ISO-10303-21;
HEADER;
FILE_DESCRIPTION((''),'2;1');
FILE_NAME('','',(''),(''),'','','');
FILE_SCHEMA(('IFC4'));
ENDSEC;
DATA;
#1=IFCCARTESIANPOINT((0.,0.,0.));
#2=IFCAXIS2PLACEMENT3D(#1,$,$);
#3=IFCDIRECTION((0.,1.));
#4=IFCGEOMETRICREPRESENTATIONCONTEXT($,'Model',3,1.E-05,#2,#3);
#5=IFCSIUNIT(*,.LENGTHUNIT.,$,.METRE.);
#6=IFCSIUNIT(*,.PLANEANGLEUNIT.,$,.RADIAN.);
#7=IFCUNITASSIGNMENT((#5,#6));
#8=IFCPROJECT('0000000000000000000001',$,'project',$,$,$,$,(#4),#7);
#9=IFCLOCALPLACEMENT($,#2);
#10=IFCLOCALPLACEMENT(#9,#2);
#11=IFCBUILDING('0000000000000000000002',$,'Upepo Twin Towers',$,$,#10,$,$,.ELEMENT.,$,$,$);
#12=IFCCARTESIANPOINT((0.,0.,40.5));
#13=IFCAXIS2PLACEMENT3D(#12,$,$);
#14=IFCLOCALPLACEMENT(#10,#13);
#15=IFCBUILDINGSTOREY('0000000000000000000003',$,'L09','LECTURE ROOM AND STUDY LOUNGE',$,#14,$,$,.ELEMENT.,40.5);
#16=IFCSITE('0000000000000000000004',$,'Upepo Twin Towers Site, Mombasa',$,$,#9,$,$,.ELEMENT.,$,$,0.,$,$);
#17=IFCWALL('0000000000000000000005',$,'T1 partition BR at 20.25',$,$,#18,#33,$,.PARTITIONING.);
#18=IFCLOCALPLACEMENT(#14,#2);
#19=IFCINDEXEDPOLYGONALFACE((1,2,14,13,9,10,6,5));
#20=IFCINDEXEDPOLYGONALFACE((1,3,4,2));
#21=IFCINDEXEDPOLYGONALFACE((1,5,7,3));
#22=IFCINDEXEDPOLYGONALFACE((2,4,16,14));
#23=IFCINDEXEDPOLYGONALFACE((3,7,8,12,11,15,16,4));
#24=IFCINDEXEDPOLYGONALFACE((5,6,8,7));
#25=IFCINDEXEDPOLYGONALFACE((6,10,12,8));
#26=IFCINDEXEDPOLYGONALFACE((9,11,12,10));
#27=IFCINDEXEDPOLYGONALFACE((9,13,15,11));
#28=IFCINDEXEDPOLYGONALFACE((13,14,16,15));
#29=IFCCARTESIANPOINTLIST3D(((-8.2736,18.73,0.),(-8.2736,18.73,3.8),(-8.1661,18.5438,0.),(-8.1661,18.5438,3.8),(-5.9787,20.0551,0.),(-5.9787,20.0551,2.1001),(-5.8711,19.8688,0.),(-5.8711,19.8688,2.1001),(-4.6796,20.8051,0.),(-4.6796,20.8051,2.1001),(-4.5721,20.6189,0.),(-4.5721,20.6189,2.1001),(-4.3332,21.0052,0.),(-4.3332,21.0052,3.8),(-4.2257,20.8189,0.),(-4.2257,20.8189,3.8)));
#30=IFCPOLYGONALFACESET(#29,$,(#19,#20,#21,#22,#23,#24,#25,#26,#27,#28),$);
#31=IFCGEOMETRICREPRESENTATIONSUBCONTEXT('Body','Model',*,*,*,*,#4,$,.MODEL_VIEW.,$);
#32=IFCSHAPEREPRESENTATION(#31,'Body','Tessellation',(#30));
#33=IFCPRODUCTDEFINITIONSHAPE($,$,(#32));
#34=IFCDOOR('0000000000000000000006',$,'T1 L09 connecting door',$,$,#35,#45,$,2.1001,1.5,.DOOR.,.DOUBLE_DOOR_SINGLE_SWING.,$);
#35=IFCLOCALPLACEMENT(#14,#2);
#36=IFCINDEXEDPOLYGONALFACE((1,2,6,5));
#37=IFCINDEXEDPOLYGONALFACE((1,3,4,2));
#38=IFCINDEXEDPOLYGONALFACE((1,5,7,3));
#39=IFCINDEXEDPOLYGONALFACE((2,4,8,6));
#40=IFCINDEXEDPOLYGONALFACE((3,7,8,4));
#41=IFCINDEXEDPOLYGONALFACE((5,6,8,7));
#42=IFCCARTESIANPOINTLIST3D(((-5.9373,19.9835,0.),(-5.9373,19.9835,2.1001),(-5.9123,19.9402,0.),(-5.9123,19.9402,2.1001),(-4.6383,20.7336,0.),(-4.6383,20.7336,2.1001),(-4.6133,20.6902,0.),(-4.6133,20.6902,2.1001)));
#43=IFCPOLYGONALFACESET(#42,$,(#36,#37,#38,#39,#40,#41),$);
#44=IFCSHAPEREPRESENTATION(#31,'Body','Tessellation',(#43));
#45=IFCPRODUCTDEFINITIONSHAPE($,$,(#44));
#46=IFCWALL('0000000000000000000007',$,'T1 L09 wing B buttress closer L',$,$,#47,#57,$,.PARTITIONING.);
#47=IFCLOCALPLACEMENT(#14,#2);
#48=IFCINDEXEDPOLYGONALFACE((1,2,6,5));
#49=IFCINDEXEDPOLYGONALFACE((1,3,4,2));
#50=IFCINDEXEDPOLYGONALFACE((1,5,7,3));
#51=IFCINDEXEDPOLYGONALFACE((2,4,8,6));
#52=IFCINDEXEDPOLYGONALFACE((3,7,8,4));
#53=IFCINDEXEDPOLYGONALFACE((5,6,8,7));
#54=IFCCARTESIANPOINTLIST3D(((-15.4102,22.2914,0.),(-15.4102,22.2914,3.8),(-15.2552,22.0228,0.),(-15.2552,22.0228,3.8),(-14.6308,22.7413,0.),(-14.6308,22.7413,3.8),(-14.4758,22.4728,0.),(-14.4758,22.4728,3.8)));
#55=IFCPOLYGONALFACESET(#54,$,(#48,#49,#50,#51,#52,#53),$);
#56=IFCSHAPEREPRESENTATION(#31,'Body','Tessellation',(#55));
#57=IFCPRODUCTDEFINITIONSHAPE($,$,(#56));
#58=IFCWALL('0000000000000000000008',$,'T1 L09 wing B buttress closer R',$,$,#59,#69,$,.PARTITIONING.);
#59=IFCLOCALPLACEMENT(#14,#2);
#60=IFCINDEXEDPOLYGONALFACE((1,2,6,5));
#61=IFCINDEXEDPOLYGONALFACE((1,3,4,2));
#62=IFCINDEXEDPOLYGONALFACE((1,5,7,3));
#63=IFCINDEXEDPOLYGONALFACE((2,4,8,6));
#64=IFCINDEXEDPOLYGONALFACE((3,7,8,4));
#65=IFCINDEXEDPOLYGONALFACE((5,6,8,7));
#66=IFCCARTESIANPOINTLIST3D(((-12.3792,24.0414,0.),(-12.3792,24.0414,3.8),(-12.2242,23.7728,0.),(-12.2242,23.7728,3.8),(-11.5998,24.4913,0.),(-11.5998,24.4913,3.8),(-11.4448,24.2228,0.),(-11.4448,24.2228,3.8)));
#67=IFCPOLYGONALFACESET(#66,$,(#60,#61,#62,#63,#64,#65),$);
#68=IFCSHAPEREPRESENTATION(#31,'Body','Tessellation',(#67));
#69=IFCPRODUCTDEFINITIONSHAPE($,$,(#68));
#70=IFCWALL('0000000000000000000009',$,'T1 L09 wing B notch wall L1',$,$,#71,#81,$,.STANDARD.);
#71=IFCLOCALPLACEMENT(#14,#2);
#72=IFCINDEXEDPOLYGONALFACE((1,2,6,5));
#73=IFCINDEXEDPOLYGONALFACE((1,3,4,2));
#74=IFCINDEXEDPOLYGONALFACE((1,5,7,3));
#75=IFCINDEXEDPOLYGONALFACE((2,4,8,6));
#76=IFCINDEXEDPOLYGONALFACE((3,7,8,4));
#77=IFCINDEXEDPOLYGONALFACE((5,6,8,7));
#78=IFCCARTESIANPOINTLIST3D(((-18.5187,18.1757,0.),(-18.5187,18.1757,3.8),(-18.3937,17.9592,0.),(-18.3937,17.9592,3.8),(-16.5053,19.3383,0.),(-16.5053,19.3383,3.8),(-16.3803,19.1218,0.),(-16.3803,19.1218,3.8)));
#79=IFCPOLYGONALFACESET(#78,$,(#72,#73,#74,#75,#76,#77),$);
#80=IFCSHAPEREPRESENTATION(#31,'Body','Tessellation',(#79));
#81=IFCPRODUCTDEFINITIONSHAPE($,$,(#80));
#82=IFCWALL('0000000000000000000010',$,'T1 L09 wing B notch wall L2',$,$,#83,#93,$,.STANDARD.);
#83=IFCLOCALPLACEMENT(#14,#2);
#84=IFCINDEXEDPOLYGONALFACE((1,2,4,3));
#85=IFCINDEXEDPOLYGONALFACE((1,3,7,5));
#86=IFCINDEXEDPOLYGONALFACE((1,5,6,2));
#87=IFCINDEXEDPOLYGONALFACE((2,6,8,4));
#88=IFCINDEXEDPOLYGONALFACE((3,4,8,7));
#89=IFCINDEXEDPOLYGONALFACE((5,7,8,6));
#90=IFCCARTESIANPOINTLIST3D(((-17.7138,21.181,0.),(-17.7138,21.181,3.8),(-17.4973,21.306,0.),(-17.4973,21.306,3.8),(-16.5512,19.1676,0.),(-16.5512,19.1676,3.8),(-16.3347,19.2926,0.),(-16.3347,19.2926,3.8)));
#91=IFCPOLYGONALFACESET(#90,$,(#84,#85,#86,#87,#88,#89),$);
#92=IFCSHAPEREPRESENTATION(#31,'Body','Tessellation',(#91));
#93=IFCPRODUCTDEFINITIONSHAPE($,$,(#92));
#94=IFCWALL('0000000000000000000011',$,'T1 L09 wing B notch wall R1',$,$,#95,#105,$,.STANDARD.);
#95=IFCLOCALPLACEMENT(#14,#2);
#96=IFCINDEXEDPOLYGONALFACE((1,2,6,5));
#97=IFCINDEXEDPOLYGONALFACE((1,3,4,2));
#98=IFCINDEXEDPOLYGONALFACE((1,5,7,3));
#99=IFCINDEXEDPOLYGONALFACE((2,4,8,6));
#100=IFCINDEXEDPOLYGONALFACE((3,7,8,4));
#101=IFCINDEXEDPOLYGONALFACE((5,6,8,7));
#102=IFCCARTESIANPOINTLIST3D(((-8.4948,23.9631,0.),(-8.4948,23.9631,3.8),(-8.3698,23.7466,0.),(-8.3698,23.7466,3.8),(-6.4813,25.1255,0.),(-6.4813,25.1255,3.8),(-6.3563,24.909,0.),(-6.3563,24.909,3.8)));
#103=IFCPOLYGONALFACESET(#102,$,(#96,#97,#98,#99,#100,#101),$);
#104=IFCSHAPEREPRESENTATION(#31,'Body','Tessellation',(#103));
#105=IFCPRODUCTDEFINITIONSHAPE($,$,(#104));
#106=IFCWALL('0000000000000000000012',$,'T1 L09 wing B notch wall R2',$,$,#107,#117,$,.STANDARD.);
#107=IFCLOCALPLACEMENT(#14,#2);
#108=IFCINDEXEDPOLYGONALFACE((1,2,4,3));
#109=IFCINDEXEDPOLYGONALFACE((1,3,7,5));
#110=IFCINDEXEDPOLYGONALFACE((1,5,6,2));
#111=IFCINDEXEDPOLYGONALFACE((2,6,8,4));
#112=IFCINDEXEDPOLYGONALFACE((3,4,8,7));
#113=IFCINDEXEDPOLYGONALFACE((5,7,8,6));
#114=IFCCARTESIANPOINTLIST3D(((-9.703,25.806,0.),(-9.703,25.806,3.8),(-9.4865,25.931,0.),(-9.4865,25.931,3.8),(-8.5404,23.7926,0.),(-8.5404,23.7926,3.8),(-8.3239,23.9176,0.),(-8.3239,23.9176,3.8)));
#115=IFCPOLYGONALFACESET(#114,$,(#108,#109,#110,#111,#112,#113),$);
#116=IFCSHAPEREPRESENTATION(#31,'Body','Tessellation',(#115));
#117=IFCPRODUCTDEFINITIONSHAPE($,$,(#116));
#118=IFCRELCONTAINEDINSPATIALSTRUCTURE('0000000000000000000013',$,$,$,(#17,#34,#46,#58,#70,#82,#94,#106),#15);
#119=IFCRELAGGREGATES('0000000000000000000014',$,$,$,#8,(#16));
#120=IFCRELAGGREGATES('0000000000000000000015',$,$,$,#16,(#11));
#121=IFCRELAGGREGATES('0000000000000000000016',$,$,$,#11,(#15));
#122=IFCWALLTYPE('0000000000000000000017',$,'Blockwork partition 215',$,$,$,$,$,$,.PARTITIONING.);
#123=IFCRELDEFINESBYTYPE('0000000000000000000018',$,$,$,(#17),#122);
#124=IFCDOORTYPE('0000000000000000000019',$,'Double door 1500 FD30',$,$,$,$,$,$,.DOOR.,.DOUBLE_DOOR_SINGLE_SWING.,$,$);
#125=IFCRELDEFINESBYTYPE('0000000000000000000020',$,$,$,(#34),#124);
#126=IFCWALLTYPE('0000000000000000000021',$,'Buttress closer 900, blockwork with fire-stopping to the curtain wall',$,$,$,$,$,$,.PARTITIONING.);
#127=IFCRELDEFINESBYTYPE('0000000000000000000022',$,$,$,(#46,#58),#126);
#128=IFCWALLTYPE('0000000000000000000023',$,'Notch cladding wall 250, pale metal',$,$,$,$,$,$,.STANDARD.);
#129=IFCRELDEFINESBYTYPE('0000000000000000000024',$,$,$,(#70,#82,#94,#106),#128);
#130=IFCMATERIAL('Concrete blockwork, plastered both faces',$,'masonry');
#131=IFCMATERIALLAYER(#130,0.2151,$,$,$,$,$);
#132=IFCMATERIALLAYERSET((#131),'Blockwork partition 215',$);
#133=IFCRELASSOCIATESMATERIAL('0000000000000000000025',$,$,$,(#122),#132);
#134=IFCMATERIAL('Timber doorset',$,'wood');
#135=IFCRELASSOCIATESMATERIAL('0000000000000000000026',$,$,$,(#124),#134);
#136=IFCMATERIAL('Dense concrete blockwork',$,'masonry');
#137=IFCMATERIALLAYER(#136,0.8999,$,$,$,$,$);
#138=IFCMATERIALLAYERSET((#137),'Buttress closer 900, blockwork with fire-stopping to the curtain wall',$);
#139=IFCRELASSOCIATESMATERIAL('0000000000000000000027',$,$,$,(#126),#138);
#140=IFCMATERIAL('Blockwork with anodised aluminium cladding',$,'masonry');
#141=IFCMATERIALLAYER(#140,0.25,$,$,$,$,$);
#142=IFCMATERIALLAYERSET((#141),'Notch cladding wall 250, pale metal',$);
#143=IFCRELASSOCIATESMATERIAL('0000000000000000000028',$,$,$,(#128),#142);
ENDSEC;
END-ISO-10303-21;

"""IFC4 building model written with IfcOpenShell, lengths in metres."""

from ifc_helpers import new_model, si_unit, direction, frame, frame_2d, origin, place, context, subcontext, project, spatial, rectangle, extrude, material, layer, layer_set, type_object, element, fill, save


model = new_model("IFC4")

# Units and contexts
model_context = context("Model", 3, precision=1e-05, world=origin(), true_north=direction((0.0, 1.0)))
body_context = subcontext(model_context, "Body", "Model", "MODEL_VIEW")
ifc_project = project(units=[si_unit("LENGTHUNIT", "METRE"), si_unit("PLANEANGLEUNIT", "RADIAN")], contexts=[model_context])

# Site, building, storey
site_placement = place(None, origin())
site = spatial("IfcSite", under=ifc_project, at=site_placement, Name="Upepo Twin Towers Site, Mombasa", CompositionType="ELEMENT", RefElevation=0.0)
building_placement = place(site_placement, origin())
building = spatial("IfcBuilding", under=site, at=building_placement, Name="Upepo Twin Towers", CompositionType="ELEMENT")
storey_placement = place(building_placement, frame((0.0, 0.0, 40.5)))
storey = spatial("IfcBuildingStorey", under=building, at=storey_placement, Name="L09", Description="LECTURE ROOM AND STUDY LOUNGE", CompositionType="ELEMENT", Elevation=40.5)

# Wall, opening, door
ifc_material_1 = material(Name="Concrete blockwork, plastered both faces", Category="masonry")
ifc_layer_1 = layer(ifc_material_1, 0.2151)
ifc_layer_set_1 = layer_set([ifc_layer_1], Name="Blockwork partition 215")
wall_type_1 = type_object("IfcWallType", Name="Blockwork partition 215", PredefinedType="PARTITIONING", material=ifc_layer_set_1)
wall_placement = place(storey_placement, frame((-8.2197, 18.637, 0.0), z_axis=(0.0, 0.0, 1.0), x_axis=(0.866012, 0.500023, 0.0)))
wall = element("IfcWall", 1, at=wall_placement, inside=storey, type_object=wall_type_1, Name="T1 partition BR at 20.25", PredefinedType="PARTITIONING", context=body_context, shape_type="SweptSolid", body=[
    extrude(rectangle(XDim=4.55, YDim=0.2151, at=frame_2d((2.2749, 0.0))), origin(), (0.0, 0.0, 1.0), 3.8),
])
opening_placement = place(wall_placement, frame((2.6499, 0.0, 0.0)))
opening = element("IfcOpeningElement", 2, at=opening_placement, cuts=wall, PredefinedType="OPENING", context=body_context, shape_type="SweptSolid", body=[
    extrude(rectangle(XDim=1.5, YDim=2.1001, at=frame_2d((0.75, 1.05))), frame((0.0, 0.1174, 0.0), z_axis=(0.0, -1.0, 0.0), x_axis=(1.0, 0.0, 0.0)), (0.0, 0.0, 1.0), 0.2351),
])
ifc_material_2 = material(Name="Timber doorset", Category="wood")
door_type = type_object("IfcDoorType", Name="Double door 1500 FD30", OperationType="DOUBLE_DOOR_SINGLE_SWING", PredefinedType="DOOR", material=ifc_material_2)
door_placement = place(opening_placement, origin())
door = element("IfcDoor", 3, at=door_placement, inside=storey, type_object=door_type, Name="T1 L09 connecting door", OperationType="DOUBLE_DOOR_SINGLE_SWING", OverallHeight=2.1001, OverallWidth=1.5, PredefinedType="DOOR", context=body_context, shape_type="SweptSolid", body=[
    extrude(rectangle(XDim=1.5, YDim=2.1001, at=frame_2d((0.75, 1.05))), frame((0.0, 0.0249, 0.0), z_axis=(0.0, -1.0, 0.0), x_axis=(1.0, 0.0, 0.0)), (0.0, 0.0, 1.0), 0.05),
])
fill(opening, door)

# Walls
ifc_material_3 = material(Name="Dense concrete blockwork", Category="masonry")
ifc_layer_2 = layer(ifc_material_3, 0.8999)
ifc_layer_set_2 = layer_set([ifc_layer_2], Name="Buttress closer 900, blockwork with fire-stopping to the curtain wall")
wall_type_2 = type_object("IfcWallType", Name="Buttress closer 900, blockwork with fire-stopping to the curtain wall", PredefinedType="PARTITIONING", material=ifc_layer_set_2)
for number, where, z_axis, x_axis, name in (
    (4, (-14.8655, 22.2478, 0.0), (0.0, 0.0, 1.0), (-0.49995, 0.866054, 0.0), "T1 L09 wing B buttress closer L"),
    (5, (-11.8345, 23.9978, 0.0), (0.0, 0.0, 1.0), (-0.49995, 0.866054, 0.0), "T1 L09 wing B buttress closer R"),
):
    element("IfcWall", number, at=place(storey_placement, frame(where, z_axis=z_axis, x_axis=x_axis)), inside=storey, type_object=wall_type_2, Name=name, PredefinedType="PARTITIONING", context=body_context, shape_type="SweptSolid", body=[
        extrude(rectangle(XDim=0.3101, YDim=0.8999, at=frame_2d((0.155, 0.0))), origin(), (0.0, 0.0, 1.0), 3.8),
    ])
ifc_material_4 = material(Name="Blockwork with anodised aluminium cladding", Category="masonry")
ifc_layer_3 = layer(ifc_material_4, 0.25)
ifc_layer_set_3 = layer_set([ifc_layer_3], Name="Notch cladding wall 250, pale metal")
wall_type_3 = type_object("IfcWallType", Name="Notch cladding wall 250, pale metal", PredefinedType="STANDARD", material=ifc_layer_set_3)
for number, where, z_axis, x_axis, name in (
    (6, (-18.4563, 18.0674, 0.0), (0.0, 0.0, 1.0), (0.865998, 0.500047, 0.0), "T1 L09 wing B notch wall L1"),
    (7, (-16.4429, 19.23, 0.0), (0.0, 0.0, 1.0), (-0.500047, 0.865998, 0.0), "T1 L09 wing B notch wall L2"),
    (8, (-6.4187, 25.0173, 0.0), (0.0, 0.0, 1.0), (-0.866044, -0.499968, 0.0), "T1 L09 wing B notch wall R1"),
    (9, (-8.4321, 23.855, 0.0), (0.0, 0.0, 1.0), (-0.500047, 0.865998, 0.0), "T1 L09 wing B notch wall R2"),
):
    element("IfcWall", number, at=place(storey_placement, frame(where, z_axis=z_axis, x_axis=x_axis)), inside=storey, type_object=wall_type_3, Name=name, PredefinedType="STANDARD", context=body_context, shape_type="SweptSolid", body=[
        extrude(rectangle(XDim=2.325, YDim=0.25, at=frame_2d((1.1626, 0.0))), origin(), (0.0, 0.0, 1.0), 3.8),
    ])

save(model, "model.ifc")
